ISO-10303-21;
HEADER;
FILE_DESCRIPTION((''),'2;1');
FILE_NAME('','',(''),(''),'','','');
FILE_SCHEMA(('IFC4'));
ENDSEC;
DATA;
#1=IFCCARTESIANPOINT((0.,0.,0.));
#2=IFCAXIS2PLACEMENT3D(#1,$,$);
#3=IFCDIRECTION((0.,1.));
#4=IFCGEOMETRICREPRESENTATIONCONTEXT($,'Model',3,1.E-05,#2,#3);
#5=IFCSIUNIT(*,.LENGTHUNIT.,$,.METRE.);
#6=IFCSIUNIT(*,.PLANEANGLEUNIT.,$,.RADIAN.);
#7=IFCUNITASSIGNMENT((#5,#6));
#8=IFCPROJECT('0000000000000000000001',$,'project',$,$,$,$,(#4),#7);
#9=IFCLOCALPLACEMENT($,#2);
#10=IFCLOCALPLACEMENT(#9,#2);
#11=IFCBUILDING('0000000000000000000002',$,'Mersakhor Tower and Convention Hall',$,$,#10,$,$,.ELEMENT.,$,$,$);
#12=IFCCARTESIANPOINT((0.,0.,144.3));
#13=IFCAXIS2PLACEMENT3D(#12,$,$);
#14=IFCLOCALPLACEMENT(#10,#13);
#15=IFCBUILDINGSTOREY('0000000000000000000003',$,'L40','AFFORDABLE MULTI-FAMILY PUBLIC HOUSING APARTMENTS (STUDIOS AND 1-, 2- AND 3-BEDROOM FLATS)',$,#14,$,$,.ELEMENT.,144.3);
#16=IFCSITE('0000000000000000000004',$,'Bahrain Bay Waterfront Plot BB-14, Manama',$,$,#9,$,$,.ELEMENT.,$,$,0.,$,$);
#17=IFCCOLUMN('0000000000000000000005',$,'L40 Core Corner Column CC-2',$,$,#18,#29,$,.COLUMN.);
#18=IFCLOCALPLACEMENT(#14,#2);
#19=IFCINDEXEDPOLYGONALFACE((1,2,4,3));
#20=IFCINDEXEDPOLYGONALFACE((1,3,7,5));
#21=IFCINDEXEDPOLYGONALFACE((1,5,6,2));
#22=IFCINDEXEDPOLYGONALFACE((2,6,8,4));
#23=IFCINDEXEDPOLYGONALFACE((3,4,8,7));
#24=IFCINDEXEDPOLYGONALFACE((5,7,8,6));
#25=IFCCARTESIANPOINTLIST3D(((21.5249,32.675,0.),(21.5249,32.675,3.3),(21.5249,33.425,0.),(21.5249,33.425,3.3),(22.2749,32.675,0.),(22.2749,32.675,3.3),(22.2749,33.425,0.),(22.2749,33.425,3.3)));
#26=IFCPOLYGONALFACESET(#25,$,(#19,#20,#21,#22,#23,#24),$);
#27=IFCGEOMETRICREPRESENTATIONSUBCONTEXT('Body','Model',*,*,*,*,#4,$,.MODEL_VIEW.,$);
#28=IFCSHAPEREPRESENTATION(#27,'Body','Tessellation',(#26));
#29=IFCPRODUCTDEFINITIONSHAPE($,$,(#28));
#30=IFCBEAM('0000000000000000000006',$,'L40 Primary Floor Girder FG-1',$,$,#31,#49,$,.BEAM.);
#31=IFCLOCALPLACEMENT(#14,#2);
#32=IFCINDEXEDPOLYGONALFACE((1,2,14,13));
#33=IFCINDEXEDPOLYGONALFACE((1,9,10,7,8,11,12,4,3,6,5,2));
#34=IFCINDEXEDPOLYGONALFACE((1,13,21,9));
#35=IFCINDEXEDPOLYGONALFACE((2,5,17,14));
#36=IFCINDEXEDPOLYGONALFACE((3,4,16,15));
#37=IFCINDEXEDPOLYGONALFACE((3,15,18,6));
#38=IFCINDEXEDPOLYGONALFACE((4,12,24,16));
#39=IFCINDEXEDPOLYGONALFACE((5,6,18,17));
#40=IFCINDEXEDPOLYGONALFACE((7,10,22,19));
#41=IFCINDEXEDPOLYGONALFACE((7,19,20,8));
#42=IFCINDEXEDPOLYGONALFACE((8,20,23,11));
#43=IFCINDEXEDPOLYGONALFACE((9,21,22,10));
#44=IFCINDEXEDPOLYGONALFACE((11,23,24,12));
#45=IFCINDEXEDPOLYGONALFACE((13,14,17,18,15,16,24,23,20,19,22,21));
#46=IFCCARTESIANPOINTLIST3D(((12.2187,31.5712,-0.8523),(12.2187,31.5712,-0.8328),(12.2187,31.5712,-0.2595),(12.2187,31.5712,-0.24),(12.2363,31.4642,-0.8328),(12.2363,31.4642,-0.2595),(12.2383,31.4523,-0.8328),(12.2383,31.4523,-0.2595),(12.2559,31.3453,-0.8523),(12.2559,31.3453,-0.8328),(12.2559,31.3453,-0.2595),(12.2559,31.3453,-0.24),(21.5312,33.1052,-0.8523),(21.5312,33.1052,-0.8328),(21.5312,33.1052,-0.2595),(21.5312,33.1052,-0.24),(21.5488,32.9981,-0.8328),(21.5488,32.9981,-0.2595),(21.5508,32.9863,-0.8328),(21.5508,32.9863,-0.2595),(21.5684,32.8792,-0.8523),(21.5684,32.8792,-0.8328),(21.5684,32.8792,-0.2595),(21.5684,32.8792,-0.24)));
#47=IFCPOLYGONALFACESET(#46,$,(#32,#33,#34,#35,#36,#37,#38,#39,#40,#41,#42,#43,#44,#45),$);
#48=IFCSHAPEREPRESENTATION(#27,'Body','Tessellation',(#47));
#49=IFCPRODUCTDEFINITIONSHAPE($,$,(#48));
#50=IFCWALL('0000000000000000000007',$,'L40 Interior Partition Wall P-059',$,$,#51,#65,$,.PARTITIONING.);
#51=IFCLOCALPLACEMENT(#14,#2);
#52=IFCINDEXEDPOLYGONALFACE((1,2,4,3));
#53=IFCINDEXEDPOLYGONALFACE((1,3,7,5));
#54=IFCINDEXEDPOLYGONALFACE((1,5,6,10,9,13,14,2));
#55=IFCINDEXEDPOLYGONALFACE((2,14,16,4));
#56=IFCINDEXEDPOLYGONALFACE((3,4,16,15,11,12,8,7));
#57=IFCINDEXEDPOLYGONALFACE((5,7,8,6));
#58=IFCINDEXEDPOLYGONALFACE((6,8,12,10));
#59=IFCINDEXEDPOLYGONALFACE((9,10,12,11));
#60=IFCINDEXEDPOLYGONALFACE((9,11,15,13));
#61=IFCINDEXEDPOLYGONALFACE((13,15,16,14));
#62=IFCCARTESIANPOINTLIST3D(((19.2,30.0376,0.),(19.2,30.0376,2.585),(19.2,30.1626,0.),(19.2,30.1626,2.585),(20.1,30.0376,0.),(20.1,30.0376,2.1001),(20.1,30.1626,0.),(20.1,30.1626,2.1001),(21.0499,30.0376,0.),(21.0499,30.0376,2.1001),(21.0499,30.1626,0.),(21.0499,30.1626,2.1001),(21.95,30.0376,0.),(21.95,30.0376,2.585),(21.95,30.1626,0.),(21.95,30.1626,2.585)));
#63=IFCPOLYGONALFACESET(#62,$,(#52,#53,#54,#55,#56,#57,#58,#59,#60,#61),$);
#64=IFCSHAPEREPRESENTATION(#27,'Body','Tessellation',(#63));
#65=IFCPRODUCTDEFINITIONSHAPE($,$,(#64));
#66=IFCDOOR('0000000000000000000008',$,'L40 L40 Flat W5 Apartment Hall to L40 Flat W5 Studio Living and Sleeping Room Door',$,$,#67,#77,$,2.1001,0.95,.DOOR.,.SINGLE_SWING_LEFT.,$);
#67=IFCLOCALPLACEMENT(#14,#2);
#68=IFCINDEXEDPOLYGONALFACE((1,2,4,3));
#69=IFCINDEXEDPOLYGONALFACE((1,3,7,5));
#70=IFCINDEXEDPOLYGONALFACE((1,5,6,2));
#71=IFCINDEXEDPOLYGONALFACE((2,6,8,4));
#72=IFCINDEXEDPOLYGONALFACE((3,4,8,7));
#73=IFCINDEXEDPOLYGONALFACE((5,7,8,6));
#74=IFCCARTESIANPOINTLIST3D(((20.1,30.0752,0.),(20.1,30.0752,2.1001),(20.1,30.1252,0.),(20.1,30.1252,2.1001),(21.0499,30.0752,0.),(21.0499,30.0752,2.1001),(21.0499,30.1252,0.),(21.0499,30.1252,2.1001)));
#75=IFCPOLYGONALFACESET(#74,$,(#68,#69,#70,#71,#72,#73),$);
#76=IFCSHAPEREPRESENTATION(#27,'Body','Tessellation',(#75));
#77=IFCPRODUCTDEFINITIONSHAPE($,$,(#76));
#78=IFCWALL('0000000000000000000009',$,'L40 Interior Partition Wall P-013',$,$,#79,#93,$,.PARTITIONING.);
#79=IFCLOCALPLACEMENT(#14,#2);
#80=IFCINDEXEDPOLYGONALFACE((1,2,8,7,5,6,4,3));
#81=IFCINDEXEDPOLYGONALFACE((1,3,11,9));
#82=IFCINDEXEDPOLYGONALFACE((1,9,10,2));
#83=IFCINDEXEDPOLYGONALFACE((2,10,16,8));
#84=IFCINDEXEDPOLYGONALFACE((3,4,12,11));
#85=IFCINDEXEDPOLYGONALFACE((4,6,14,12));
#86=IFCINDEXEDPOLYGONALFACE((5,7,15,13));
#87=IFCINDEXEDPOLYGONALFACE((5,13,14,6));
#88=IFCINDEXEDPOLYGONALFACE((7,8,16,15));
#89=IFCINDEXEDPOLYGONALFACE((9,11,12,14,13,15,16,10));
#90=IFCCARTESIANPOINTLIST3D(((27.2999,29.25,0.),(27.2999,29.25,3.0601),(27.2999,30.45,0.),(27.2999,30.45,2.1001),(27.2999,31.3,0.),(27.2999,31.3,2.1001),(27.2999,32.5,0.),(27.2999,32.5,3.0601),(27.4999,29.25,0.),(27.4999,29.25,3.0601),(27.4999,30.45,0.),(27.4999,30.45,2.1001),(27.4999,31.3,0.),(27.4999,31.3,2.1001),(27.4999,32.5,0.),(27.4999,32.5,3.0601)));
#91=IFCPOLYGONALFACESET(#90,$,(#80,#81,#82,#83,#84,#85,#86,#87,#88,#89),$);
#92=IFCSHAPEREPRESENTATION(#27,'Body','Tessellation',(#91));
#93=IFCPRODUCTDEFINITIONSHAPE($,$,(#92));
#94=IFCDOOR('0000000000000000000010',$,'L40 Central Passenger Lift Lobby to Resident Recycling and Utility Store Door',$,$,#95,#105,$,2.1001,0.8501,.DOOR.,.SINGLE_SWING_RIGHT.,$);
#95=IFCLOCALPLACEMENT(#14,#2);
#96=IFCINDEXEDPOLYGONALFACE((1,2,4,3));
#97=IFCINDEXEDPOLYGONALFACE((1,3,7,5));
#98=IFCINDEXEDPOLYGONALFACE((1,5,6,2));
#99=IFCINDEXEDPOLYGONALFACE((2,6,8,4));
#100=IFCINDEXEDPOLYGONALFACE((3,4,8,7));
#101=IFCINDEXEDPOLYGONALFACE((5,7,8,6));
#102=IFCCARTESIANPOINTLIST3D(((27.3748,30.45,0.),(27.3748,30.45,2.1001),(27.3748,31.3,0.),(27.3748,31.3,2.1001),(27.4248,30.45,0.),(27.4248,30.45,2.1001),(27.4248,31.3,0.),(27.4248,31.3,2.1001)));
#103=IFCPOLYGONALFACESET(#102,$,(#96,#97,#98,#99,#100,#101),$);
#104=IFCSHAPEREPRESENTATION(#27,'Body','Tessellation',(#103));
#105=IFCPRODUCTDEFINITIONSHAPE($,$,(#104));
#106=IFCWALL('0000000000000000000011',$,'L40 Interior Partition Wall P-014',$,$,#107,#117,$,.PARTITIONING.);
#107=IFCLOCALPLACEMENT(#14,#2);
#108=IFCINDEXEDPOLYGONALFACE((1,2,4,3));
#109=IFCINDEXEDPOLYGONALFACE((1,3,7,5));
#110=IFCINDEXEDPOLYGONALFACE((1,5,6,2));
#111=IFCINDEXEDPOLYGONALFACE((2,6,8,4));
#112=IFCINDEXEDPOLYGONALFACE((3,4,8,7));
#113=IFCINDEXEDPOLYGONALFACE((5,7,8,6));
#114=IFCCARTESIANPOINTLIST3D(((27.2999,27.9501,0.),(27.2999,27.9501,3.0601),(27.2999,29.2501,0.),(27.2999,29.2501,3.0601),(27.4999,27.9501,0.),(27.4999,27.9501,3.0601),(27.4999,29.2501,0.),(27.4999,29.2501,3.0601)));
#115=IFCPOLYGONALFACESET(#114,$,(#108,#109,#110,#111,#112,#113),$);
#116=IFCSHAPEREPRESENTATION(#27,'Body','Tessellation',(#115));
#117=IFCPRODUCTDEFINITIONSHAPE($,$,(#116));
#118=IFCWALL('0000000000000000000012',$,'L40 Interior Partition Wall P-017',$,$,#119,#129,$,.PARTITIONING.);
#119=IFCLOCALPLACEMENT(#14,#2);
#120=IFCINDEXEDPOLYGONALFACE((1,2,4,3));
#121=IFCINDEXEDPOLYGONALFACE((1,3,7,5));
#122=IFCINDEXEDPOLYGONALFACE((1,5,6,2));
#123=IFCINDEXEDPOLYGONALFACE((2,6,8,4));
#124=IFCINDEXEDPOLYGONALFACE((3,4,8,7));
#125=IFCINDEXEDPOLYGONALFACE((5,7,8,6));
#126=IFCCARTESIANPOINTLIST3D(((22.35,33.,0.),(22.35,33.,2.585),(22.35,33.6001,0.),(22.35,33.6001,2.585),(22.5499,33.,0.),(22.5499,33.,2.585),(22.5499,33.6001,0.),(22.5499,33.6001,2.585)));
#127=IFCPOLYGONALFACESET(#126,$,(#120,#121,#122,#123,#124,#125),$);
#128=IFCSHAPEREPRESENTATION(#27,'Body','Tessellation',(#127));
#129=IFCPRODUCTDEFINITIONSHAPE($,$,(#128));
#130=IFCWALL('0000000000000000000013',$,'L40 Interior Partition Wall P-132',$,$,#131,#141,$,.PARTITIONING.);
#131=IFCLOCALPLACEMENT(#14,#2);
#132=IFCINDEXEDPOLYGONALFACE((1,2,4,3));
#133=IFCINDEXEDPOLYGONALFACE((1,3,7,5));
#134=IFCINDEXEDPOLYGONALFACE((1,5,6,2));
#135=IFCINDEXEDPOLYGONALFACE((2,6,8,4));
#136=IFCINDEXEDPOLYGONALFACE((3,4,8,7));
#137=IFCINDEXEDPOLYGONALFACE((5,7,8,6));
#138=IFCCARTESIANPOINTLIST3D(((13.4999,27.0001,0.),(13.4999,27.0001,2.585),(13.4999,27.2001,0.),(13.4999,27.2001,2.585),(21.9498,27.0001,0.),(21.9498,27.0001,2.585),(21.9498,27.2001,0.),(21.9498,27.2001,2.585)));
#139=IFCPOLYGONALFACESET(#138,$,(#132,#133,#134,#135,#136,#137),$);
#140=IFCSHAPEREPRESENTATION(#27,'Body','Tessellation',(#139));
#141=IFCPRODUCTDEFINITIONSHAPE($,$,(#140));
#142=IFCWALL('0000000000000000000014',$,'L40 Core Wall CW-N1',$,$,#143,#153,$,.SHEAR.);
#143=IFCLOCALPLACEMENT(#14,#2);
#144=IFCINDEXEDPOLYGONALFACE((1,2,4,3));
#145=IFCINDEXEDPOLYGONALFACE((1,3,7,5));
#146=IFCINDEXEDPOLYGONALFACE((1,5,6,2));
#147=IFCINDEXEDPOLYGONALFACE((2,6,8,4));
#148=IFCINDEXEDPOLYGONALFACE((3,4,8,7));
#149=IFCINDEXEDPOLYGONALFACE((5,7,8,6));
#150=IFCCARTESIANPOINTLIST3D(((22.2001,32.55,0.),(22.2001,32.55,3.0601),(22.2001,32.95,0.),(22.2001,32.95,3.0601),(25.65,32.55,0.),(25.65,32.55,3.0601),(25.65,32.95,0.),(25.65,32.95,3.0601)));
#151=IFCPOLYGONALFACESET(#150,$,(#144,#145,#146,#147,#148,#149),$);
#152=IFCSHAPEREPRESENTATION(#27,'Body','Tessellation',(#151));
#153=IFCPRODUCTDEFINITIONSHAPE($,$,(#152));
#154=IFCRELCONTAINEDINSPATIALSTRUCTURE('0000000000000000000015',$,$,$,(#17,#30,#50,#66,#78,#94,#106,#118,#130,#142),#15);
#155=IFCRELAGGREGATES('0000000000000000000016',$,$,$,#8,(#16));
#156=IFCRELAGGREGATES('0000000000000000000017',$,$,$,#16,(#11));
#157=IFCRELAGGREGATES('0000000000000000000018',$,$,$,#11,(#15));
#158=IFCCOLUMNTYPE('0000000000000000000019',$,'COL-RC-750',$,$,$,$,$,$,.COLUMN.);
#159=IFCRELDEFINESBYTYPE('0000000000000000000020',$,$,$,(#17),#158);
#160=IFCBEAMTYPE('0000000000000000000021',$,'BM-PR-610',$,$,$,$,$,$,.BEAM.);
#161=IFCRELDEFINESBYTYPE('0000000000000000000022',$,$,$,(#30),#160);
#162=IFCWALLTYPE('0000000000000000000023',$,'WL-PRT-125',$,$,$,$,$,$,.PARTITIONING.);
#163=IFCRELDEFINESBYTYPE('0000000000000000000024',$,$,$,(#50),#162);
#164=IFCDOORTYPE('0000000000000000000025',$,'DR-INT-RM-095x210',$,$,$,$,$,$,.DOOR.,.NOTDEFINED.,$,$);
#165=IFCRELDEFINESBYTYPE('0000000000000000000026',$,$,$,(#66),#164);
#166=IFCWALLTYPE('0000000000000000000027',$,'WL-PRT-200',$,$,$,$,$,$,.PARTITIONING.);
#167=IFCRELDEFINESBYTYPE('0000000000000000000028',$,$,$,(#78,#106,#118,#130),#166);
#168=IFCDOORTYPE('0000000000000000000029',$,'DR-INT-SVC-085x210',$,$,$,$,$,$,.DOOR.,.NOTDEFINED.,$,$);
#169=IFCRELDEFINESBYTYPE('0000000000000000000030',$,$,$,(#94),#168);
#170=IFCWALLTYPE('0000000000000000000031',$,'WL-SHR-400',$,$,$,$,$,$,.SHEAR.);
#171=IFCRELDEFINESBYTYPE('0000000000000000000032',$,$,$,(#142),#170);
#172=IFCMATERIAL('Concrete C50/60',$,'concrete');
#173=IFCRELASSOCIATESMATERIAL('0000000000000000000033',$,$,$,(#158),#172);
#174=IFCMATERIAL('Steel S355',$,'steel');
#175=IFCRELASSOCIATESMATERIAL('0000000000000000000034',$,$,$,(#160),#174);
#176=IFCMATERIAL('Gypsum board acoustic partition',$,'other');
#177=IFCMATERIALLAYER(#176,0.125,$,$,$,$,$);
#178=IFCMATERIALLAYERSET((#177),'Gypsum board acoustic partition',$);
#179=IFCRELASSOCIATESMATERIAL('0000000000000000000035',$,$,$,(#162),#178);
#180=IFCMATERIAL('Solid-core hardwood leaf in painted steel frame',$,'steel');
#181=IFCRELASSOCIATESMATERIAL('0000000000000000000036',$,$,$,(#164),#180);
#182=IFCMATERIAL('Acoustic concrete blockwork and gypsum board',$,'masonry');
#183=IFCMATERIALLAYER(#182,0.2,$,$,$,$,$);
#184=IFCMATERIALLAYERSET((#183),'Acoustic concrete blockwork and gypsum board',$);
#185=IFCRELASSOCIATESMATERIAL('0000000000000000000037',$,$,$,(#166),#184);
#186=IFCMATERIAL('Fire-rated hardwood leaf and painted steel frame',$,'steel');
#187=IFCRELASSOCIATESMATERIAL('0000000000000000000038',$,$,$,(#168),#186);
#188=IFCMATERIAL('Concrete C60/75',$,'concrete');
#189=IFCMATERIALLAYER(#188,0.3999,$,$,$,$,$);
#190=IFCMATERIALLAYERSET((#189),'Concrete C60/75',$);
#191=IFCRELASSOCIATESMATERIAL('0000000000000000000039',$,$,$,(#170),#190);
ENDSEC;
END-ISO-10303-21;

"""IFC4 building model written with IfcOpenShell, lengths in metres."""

from ifc_helpers import new_model, si_unit, direction, frame, frame_2d, origin, origin_2d, place, context, subcontext, project, spatial, rectangle, i_section, extrude, material, layer, layer_set, material_profile, profile_set, type_object, element, fill, save


model = new_model("IFC4")

# Units and contexts
model_context = context("Model", 3, precision=1e-05, world=origin(), true_north=direction((0.0, 1.0)))
body_context = subcontext(model_context, "Body", "Model", "MODEL_VIEW")
ifc_project = project(units=[si_unit("LENGTHUNIT", "METRE"), si_unit("PLANEANGLEUNIT", "RADIAN")], contexts=[model_context])

# Site, building, storey
site_placement = place(None, origin())
site = spatial("IfcSite", under=ifc_project, at=site_placement, Name="Bahrain Bay Waterfront Plot BB-14, Manama", CompositionType="ELEMENT", RefElevation=0.0)
building_placement = place(site_placement, origin())
building = spatial("IfcBuilding", under=site, at=building_placement, Name="Mersakhor Tower and Convention Hall", CompositionType="ELEMENT")
storey_placement = place(building_placement, frame((0.0, 0.0, 144.3)))
storey = spatial("IfcBuildingStorey", under=building, at=storey_placement, Name="L40", Description="AFFORDABLE MULTI-FAMILY PUBLIC HOUSING APARTMENTS (STUDIOS AND 1-, 2- AND 3-BEDROOM FLATS)", CompositionType="ELEMENT", Elevation=144.3)

# Column
ifc_material_1 = material(Name="Concrete C50/60", Category="concrete")
ifc_material_profile_1 = material_profile(ifc_material_1, rectangle(XDim=0.75, YDim=0.75, at=origin_2d()), Name="RC 750x750")
ifc_profile_set_1 = profile_set([ifc_material_profile_1], Name="Concrete C50/60")
column_type = type_object("IfcColumnType", Name="COL-RC-750", PredefinedType="COLUMN", material=ifc_profile_set_1)
column_placement = place(storey_placement, frame((21.8999, 33.05, 0.0), z_axis=(0.0, 0.0, 1.0), x_axis=(1.0, 0.0, 0.0)))
element("IfcColumn", 1, at=column_placement, inside=storey, type_object=column_type, Name="L40 Core Corner Column CC-2", PredefinedType="COLUMN", context=body_context, shape_type="SweptSolid", body=[
    extrude(rectangle(XDim=0.75, YDim=0.75, at=origin_2d()), origin(), (0.0, 0.0, 1.0), 3.3),
])

# Beam
ifc_material_2 = material(Name="Steel S355", Category="steel")
ifc_material_profile_2 = material_profile(ifc_material_2, i_section(OverallWidth=0.229, OverallDepth=0.6123, WebThickness=0.012, FlangeThickness=0.0195, at=origin_2d()), Name="UB 610x229x125")
ifc_profile_set_2 = profile_set([ifc_material_profile_2], Name="Steel S355")
beam_type = type_object("IfcBeamType", Name="BM-PR-610", PredefinedType="BEAM", material=ifc_profile_set_2)
beam_placement = place(storey_placement, frame((21.5498, 32.9922, -0.5461), z_axis=(-0.986704, -0.162528, 0.0), x_axis=(0.162528, -0.986704, 0.0)))
element("IfcBeam", 2, at=beam_placement, inside=storey, type_object=beam_type, Name="L40 Primary Floor Girder FG-1", PredefinedType="BEAM", context=body_context, shape_type="SweptSolid", body=[
    extrude(i_section(OverallWidth=0.229, OverallDepth=0.6123, WebThickness=0.012, FlangeThickness=0.0195, at=origin_2d()), origin(), (0.0, 0.0, 1.0), 9.438),
])

# Wall, opening, door
ifc_material_3 = material(Name="Gypsum board acoustic partition", Category="other")
ifc_layer_1 = layer(ifc_material_3, 0.125)
ifc_layer_set_1 = layer_set([ifc_layer_1], Name="Gypsum board acoustic partition")
wall_type_1 = type_object("IfcWallType", Name="WL-PRT-125", PredefinedType="PARTITIONING", material=ifc_layer_set_1)
wall_1_placement = place(storey_placement, frame((21.95, 30.1001, 0.0), z_axis=(0.0, 0.0, 1.0), x_axis=(-1.0, 0.0, 0.0)))
wall_1 = element("IfcWall", 3, at=wall_1_placement, inside=storey, type_object=wall_type_1, Name="L40 Interior Partition Wall P-059", PredefinedType="PARTITIONING", context=body_context, shape_type="SweptSolid", body=[
    extrude(rectangle(XDim=2.75, YDim=0.125, at=frame_2d((1.375, 0.0))), origin(), (0.0, 0.0, 1.0), 2.585),
])
opening_1_placement = place(wall_1_placement, frame((0.8999, 0.0, 0.0)))
opening_1 = element("IfcOpeningElement", 4, at=opening_1_placement, cuts=wall_1, PredefinedType="OPENING", context=body_context, shape_type="SweptSolid", body=[
    extrude(rectangle(XDim=0.95, YDim=2.1001, at=frame_2d((0.4751, 1.05))), frame((0.0, 0.0725, 0.0), z_axis=(0.0, -1.0, 0.0), x_axis=(1.0, 0.0, 0.0)), (0.0, 0.0, 1.0), 0.145),
])
ifc_material_4 = material(Name="Solid-core hardwood leaf in painted steel frame", Category="steel")
door_type_1 = type_object("IfcDoorType", Name="DR-INT-RM-095x210", OperationType="NOTDEFINED", PredefinedType="DOOR", material=ifc_material_4)
door_1_placement = place(opening_1_placement, origin())
door_1 = element("IfcDoor", 5, at=door_1_placement, inside=storey, type_object=door_type_1, Name="L40 L40 Flat W5 Apartment Hall to L40 Flat W5 Studio Living and Sleeping Room Door", OperationType="SINGLE_SWING_LEFT", OverallHeight=2.1001, OverallWidth=0.95, PredefinedType="DOOR", context=body_context, shape_type="SweptSolid", body=[
    extrude(rectangle(XDim=0.95, YDim=2.1001, at=frame_2d((0.4751, 1.05))), frame((0.0, 0.0249, 0.0), z_axis=(0.0, -1.0, 0.0), x_axis=(1.0, 0.0, 0.0)), (0.0, 0.0, 1.0), 0.05),
])
fill(opening_1, door_1)

# Shared definitions
ifc_material_5 = material(Name="Acoustic concrete blockwork and gypsum board", Category="masonry")
ifc_layer_2 = layer(ifc_material_5, 0.2)
ifc_layer_set_2 = layer_set([ifc_layer_2], Name="Acoustic concrete blockwork and gypsum board")
wall_type_2 = type_object("IfcWallType", Name="WL-PRT-200", PredefinedType="PARTITIONING", material=ifc_layer_set_2)

# Wall, opening, door
wall_2_placement = place(storey_placement, frame((27.3999, 32.5, 0.0), z_axis=(0.0, 0.0, 1.0), x_axis=(0.0, -1.0, 0.0)))
wall_2 = element("IfcWall", 6, at=wall_2_placement, inside=storey, type_object=wall_type_2, Name="L40 Interior Partition Wall P-013", PredefinedType="PARTITIONING", context=body_context, shape_type="SweptSolid", body=[
    extrude(rectangle(XDim=3.25, YDim=0.2, at=frame_2d((1.625, 0.0))), origin(), (0.0, 0.0, 1.0), 3.0601),
])
opening_2_placement = place(wall_2_placement, frame((1.2, 0.0, 0.0)))
opening_2 = element("IfcOpeningElement", 7, at=opening_2_placement, cuts=wall_2, PredefinedType="OPENING", context=body_context, shape_type="SweptSolid", body=[
    extrude(rectangle(XDim=0.8501, YDim=2.1001, at=frame_2d((0.425, 1.05))), frame((0.0, 0.1099, 0.0), z_axis=(0.0, -1.0, 0.0), x_axis=(1.0, 0.0, 0.0)), (0.0, 0.0, 1.0), 0.22),
])
ifc_material_6 = material(Name="Fire-rated hardwood leaf and painted steel frame", Category="steel")
door_type_2 = type_object("IfcDoorType", Name="DR-INT-SVC-085x210", OperationType="NOTDEFINED", PredefinedType="DOOR", material=ifc_material_6)
door_2_placement = place(opening_2_placement, origin())
door_2 = element("IfcDoor", 8, at=door_2_placement, inside=storey, type_object=door_type_2, Name="L40 Central Passenger Lift Lobby to Resident Recycling and Utility Store Door", OperationType="SINGLE_SWING_RIGHT", OverallHeight=2.1001, OverallWidth=0.8501, PredefinedType="DOOR", context=body_context, shape_type="SweptSolid", body=[
    extrude(rectangle(XDim=0.8501, YDim=2.1001, at=frame_2d((0.425, 1.05))), frame((0.0, 0.0249, 0.0), z_axis=(0.0, -1.0, 0.0), x_axis=(1.0, 0.0, 0.0)), (0.0, 0.0, 1.0), 0.05),
])
fill(opening_2, door_2)

# Wall
wall_3_placement = place(storey_placement, frame((27.3999, 29.25, 0.0), z_axis=(0.0, 0.0, 1.0), x_axis=(0.0, -1.0, 0.0)))
element("IfcWall", 9, at=wall_3_placement, inside=storey, type_object=wall_type_2, Name="L40 Interior Partition Wall P-014", PredefinedType="PARTITIONING", context=body_context, shape_type="SweptSolid", body=[
    extrude(rectangle(XDim=1.3, YDim=0.2, at=frame_2d((0.6499, 0.0))), origin(), (0.0, 0.0, 1.0), 3.0601),
])

# Walls
wall_4_placement = place(storey_placement, frame((22.45, 33.0, 0.0), z_axis=(0.0, 0.0, 1.0), x_axis=(0.0, 1.0, 0.0)))
element("IfcWall", 10, at=wall_4_placement, inside=storey, type_object=wall_type_2, Name="L40 Interior Partition Wall P-017", PredefinedType="PARTITIONING", context=body_context, shape_type="SweptSolid", body=[
    extrude(rectangle(XDim=0.6001, YDim=0.2, at=frame_2d((0.3, 0.0))), origin(), (0.0, 0.0, 1.0), 2.585),
])
wall_5_placement = place(storey_placement, frame((21.95, 27.1001, 0.0), z_axis=(0.0, 0.0, 1.0), x_axis=(-1.0, 0.0, 0.0)))
element("IfcWall", 11, at=wall_5_placement, inside=storey, type_object=wall_type_2, Name="L40 Interior Partition Wall P-132", PredefinedType="PARTITIONING", context=body_context, shape_type="SweptSolid", body=[
    extrude(rectangle(XDim=8.45, YDim=0.2, at=frame_2d((4.2251, 0.0))), origin(), (0.0, 0.0, 1.0), 2.585),
])
ifc_material_7 = material(Name="Concrete C60/75", Category="concrete")
ifc_layer_3 = layer(ifc_material_7, 0.3999)
ifc_layer_set_3 = layer_set([ifc_layer_3], Name="Concrete C60/75")
wall_type_3 = type_object("IfcWallType", Name="WL-SHR-400", PredefinedType="SHEAR", material=ifc_layer_set_3)
wall_6_placement = place(storey_placement, frame((22.2, 32.75, 0.0), z_axis=(0.0, 0.0, 1.0), x_axis=(1.0, 0.0, 0.0)))
element("IfcWall", 12, at=wall_6_placement, inside=storey, type_object=wall_type_3, Name="L40 Core Wall CW-N1", PredefinedType="SHEAR", context=body_context, shape_type="SweptSolid", body=[
    extrude(rectangle(XDim=3.45, YDim=0.3999, at=frame_2d((1.7251, 0.0))), origin(), (0.0, 0.0, 1.0), 3.0601),
])

save(model, "model.ifc")
